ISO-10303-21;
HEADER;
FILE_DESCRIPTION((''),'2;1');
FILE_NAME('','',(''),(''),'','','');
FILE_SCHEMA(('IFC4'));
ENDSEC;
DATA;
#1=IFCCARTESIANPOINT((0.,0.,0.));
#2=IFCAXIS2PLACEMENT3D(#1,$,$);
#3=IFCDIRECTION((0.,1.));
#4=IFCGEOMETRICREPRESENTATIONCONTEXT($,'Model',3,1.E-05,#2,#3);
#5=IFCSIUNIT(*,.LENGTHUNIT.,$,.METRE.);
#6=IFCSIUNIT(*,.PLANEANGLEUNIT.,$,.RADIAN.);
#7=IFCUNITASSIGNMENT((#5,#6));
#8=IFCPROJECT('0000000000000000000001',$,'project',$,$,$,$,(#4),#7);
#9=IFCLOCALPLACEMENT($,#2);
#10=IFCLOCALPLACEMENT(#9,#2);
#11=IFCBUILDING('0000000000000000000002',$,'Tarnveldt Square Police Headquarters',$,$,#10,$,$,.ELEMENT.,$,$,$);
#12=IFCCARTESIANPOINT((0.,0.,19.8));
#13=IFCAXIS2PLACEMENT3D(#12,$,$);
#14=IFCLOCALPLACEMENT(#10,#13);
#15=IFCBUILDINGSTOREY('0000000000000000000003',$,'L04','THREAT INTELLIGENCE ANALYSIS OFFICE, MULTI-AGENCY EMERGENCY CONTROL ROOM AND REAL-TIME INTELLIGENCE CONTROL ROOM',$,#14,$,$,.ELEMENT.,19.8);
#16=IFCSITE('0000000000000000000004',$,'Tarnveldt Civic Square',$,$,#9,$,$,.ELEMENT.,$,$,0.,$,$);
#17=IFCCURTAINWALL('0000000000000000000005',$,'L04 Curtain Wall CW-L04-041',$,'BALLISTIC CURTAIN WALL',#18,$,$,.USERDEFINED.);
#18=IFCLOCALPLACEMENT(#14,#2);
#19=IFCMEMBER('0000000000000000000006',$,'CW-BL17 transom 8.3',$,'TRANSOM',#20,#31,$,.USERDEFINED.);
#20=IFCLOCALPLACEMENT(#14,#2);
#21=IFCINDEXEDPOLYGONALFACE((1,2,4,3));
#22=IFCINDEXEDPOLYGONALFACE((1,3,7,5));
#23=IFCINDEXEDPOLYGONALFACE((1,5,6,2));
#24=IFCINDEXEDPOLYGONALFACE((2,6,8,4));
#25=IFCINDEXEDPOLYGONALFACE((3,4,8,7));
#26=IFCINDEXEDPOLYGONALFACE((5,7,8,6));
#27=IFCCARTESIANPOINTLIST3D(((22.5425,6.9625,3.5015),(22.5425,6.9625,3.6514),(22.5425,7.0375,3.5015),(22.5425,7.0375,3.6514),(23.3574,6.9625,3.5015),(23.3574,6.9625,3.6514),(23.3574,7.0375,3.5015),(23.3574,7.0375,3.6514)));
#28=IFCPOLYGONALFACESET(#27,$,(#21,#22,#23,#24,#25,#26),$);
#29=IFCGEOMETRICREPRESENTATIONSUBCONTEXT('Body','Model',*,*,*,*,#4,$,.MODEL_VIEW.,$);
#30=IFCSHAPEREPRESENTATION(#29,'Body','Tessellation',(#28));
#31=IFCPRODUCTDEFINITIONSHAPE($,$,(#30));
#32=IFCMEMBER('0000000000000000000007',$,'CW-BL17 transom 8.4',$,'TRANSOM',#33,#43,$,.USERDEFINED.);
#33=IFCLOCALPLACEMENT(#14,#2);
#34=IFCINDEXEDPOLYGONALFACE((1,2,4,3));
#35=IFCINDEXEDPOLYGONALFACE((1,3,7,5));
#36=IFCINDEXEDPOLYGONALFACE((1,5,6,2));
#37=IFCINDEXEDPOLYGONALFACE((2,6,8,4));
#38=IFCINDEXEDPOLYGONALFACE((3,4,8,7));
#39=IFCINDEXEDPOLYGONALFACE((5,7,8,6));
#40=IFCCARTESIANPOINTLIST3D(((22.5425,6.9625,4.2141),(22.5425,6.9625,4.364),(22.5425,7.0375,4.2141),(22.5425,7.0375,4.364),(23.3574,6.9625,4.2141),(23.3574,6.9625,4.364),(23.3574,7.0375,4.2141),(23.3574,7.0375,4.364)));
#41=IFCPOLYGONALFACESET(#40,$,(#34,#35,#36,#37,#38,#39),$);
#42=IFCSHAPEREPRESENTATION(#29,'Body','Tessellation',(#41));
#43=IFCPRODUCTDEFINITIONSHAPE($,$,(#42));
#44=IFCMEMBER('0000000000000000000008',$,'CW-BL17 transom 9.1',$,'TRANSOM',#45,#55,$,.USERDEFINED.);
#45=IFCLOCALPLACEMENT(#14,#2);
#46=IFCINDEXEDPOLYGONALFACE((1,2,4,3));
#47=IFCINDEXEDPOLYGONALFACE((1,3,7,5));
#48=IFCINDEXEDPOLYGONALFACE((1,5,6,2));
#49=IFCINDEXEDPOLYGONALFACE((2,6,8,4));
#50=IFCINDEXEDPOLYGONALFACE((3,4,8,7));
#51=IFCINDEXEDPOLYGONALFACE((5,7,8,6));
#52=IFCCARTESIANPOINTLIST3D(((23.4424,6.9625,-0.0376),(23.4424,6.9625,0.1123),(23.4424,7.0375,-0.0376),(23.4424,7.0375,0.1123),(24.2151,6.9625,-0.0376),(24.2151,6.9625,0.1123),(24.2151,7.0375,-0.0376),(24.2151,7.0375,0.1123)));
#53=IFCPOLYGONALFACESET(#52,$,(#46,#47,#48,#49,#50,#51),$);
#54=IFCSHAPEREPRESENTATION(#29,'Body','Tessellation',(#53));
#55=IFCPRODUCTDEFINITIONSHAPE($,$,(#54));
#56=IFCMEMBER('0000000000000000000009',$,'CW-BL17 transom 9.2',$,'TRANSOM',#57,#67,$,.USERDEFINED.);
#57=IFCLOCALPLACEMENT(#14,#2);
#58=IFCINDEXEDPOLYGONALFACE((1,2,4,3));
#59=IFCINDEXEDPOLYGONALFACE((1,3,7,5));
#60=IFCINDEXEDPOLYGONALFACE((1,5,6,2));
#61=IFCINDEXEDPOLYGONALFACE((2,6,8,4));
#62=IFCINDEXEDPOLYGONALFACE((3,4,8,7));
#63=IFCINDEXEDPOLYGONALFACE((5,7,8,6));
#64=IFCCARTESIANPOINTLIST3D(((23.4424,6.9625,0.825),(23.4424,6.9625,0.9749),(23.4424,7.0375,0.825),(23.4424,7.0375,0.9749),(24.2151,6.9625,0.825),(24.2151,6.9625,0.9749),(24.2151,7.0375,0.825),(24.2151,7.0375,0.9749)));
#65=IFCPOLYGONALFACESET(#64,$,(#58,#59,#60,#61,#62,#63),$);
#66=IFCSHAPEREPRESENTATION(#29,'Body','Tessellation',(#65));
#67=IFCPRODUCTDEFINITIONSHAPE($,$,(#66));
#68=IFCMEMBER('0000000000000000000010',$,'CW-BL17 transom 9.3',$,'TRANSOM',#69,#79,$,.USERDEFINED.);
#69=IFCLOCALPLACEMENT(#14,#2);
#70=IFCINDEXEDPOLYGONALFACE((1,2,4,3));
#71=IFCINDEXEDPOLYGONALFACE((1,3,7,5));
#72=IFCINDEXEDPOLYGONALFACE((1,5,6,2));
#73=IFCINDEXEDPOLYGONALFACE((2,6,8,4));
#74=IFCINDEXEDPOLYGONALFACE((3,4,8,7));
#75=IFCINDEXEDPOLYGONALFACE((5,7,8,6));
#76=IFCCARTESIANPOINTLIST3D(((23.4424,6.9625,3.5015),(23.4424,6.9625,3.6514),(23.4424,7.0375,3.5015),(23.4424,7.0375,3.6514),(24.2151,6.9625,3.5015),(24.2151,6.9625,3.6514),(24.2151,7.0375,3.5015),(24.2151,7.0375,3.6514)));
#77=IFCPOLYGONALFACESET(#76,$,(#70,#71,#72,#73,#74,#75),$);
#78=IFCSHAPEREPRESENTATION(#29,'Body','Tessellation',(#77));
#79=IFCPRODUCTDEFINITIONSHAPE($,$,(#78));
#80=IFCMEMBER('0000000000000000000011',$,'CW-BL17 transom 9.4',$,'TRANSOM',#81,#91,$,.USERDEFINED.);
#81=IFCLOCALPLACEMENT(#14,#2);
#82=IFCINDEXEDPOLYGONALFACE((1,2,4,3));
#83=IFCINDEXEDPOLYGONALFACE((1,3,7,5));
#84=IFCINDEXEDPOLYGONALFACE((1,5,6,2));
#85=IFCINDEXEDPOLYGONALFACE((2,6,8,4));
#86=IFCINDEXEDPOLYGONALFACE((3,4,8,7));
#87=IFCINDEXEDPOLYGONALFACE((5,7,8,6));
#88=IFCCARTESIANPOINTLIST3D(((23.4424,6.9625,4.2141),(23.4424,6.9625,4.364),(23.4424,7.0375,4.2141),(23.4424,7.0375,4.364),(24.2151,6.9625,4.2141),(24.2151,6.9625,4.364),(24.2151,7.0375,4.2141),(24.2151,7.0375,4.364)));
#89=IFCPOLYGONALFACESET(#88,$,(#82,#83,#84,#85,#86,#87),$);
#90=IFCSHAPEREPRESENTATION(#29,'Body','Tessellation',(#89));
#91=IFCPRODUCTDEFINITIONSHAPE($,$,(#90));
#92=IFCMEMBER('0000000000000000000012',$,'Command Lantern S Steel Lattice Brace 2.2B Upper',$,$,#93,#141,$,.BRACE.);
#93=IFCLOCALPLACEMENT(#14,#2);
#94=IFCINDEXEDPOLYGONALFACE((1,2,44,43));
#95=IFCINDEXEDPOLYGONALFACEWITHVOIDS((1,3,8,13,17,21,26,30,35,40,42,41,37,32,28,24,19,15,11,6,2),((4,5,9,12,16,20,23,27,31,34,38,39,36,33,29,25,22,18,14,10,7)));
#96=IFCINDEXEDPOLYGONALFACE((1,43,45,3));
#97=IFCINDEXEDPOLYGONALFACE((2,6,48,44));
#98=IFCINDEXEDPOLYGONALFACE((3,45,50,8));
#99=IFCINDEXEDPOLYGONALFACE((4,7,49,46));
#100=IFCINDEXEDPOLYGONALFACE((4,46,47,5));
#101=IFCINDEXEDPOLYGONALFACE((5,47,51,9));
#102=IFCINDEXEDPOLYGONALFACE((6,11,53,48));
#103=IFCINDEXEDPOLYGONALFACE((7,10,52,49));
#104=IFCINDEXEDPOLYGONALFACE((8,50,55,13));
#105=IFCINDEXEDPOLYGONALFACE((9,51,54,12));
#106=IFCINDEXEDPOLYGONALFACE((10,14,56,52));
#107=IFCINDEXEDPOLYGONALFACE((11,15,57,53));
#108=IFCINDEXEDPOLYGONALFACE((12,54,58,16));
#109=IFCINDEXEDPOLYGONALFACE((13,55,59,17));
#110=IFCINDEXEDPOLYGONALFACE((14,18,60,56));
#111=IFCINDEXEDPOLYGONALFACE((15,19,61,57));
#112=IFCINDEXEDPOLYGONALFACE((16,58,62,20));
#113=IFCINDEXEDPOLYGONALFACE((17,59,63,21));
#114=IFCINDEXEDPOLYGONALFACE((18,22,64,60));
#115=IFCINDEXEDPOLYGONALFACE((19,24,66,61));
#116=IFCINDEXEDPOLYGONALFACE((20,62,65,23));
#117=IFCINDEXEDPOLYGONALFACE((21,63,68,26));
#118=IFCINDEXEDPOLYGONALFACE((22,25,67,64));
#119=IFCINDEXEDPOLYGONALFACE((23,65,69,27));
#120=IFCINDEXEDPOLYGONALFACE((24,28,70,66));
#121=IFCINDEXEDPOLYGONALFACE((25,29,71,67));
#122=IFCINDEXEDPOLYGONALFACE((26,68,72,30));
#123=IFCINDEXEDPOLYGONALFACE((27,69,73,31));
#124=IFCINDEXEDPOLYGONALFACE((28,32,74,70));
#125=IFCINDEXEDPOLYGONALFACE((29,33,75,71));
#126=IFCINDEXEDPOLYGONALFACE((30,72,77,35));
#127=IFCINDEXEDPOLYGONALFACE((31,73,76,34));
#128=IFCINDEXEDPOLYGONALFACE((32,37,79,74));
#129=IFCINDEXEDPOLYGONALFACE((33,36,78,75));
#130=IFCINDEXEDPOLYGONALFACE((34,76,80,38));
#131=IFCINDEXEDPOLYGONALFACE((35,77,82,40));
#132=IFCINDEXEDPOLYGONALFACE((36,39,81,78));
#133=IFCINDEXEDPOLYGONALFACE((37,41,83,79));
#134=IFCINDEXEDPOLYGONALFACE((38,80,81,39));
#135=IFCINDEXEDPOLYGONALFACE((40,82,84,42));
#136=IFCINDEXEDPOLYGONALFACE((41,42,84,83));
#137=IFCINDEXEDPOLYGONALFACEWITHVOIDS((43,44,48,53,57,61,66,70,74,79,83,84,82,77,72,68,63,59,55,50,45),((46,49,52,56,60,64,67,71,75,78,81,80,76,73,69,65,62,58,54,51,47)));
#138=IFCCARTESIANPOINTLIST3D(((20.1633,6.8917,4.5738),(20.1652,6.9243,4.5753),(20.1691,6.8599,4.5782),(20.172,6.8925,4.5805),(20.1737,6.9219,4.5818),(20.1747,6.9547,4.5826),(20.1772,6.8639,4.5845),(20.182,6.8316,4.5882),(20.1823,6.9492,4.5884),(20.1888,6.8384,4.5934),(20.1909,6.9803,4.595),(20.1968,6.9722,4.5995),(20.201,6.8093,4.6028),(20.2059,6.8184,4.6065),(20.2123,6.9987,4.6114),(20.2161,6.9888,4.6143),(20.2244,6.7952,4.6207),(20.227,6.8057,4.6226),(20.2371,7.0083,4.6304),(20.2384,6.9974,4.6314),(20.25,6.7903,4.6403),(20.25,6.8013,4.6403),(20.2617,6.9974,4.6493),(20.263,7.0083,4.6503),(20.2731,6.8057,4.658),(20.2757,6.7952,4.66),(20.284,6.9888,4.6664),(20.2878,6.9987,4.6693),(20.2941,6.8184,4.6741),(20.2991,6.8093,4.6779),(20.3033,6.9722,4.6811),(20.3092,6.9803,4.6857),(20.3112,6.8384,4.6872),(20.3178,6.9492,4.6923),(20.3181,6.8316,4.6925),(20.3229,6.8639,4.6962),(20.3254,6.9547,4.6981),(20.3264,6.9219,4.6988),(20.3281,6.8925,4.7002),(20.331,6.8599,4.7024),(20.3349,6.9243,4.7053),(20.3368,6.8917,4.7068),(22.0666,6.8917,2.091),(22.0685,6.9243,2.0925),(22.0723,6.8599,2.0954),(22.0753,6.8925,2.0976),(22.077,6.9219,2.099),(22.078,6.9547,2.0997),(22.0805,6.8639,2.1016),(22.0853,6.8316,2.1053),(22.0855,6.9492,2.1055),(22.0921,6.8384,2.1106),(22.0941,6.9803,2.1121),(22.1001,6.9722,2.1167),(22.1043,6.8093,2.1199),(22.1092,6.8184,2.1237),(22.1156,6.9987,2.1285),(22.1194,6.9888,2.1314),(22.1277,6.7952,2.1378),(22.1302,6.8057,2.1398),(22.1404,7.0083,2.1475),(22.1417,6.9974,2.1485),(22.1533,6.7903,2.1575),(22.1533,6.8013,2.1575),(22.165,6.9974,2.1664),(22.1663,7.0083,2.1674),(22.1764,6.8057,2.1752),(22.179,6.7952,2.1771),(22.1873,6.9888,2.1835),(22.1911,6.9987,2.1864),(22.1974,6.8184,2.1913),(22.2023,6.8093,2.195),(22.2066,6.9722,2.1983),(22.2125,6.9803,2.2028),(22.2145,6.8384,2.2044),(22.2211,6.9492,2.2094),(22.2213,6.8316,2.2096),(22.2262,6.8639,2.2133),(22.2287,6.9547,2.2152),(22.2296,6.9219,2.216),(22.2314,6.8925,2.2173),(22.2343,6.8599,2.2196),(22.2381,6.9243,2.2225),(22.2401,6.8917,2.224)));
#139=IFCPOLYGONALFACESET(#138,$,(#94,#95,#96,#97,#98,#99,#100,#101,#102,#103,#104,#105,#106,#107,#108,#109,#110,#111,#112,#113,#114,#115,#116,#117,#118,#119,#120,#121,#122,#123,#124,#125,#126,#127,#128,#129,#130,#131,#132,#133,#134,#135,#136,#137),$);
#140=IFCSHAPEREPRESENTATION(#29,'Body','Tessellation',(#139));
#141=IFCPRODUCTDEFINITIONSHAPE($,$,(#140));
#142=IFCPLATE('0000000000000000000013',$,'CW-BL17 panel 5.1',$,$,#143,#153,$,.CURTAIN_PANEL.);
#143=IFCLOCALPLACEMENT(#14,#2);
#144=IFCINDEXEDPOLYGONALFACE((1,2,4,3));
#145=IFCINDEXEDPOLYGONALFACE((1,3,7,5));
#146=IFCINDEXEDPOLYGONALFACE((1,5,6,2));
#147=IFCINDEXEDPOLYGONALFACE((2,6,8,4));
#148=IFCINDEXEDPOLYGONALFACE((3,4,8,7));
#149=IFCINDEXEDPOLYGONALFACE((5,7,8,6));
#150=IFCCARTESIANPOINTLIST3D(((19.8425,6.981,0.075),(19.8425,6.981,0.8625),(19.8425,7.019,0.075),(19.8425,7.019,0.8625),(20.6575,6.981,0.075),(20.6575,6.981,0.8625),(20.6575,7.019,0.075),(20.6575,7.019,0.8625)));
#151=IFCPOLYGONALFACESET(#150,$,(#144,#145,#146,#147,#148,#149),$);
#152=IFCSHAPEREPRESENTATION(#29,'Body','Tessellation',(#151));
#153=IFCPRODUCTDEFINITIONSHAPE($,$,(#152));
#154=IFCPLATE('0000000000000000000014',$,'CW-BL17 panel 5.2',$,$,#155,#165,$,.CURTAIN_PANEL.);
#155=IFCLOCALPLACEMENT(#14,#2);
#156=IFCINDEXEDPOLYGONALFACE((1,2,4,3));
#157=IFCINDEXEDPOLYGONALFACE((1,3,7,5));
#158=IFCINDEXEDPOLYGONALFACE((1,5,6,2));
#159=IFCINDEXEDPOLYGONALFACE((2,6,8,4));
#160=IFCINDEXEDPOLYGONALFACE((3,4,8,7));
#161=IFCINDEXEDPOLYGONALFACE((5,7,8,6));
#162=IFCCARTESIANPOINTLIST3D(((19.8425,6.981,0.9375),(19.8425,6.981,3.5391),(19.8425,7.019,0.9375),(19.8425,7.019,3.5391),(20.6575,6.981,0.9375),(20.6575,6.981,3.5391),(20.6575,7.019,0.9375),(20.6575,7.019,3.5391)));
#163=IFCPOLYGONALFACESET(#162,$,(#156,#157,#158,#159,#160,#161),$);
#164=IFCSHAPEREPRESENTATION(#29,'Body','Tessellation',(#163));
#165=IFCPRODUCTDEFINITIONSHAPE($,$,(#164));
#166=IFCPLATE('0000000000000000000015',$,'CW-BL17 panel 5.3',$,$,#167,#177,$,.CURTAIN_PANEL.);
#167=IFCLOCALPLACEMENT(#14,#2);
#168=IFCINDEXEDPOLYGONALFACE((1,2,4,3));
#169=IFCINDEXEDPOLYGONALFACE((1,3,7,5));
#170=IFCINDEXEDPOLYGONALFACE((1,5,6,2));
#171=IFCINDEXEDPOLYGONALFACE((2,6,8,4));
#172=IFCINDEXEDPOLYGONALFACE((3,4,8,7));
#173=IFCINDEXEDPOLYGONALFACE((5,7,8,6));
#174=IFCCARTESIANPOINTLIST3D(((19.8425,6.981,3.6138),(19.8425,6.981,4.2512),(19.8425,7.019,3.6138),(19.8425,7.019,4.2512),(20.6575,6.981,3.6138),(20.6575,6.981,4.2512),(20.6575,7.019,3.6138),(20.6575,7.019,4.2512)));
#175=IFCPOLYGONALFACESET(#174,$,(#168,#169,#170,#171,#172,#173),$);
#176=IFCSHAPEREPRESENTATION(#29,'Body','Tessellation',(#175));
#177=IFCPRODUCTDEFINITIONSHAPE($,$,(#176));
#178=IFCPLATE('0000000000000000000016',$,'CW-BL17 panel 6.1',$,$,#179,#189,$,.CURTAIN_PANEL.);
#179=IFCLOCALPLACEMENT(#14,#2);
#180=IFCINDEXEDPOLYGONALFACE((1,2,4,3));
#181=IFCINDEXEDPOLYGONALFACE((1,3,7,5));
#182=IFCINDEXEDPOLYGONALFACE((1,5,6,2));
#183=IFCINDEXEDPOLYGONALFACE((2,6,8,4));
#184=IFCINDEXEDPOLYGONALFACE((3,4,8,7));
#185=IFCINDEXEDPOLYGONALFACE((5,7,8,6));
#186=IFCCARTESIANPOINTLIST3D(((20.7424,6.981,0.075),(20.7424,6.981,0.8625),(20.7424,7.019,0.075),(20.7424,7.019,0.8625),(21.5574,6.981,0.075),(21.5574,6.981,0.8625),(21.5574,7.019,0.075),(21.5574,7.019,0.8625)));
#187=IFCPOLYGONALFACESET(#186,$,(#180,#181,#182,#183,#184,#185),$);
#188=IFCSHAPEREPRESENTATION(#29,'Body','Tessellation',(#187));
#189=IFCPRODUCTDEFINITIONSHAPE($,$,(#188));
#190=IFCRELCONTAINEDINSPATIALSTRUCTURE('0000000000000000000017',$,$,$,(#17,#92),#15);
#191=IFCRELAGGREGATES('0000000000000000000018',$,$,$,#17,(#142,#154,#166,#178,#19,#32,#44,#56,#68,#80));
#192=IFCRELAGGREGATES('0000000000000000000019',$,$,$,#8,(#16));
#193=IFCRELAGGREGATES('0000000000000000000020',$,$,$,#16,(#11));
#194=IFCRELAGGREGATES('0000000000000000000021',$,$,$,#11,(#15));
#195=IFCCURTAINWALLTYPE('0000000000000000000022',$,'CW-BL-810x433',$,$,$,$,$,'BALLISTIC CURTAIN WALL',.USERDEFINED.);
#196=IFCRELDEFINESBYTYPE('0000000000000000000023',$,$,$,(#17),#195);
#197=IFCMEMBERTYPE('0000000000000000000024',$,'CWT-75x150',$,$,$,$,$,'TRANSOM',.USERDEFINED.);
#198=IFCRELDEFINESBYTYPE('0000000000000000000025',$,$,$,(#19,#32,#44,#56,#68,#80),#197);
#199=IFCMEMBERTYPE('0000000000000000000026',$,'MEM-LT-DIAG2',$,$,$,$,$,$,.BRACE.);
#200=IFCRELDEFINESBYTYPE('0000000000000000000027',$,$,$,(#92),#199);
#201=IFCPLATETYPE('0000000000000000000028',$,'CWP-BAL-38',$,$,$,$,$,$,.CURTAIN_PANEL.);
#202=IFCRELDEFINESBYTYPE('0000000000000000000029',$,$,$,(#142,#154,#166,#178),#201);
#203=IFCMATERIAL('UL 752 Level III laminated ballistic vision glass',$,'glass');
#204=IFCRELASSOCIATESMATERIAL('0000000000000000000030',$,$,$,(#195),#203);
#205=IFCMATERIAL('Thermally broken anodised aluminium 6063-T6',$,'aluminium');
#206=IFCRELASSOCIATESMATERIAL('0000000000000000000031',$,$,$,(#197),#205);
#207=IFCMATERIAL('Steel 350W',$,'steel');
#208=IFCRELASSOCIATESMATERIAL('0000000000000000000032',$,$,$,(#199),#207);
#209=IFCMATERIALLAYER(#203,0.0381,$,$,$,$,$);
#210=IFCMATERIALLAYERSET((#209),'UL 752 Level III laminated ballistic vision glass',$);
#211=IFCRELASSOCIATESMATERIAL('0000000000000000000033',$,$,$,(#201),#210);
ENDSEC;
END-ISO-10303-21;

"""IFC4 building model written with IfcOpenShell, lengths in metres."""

from ifc_helpers import new_model, si_unit, direction, frame, origin, origin_2d, place, context, subcontext, project, spatial, rectangle, hollow_circle, extrude, material, layer, layer_set, material_profile, profile_set, type_object, element, aggregate, save


model = new_model("IFC4")

# Units and contexts
model_context = context("Model", 3, precision=1e-05, world=origin(), true_north=direction((0.0, 1.0)))
body_context = subcontext(model_context, "Body", "Model", "MODEL_VIEW")
ifc_project = project(units=[si_unit("LENGTHUNIT", "METRE"), si_unit("PLANEANGLEUNIT", "RADIAN")], contexts=[model_context])

# Site, building, storey
site_placement = place(None, origin())
site = spatial("IfcSite", under=ifc_project, at=site_placement, Name="Tarnveldt Civic Square", CompositionType="ELEMENT", RefElevation=0.0)
building_placement = place(site_placement, origin())
building = spatial("IfcBuilding", under=site, at=building_placement, Name="Tarnveldt Square Police Headquarters", CompositionType="ELEMENT")
storey_placement = place(building_placement, frame((0.0, 0.0, 19.8)))
storey = spatial("IfcBuildingStorey", under=building, at=storey_placement, Name="L04", Description="THREAT INTELLIGENCE ANALYSIS OFFICE, MULTI-AGENCY EMERGENCY CONTROL ROOM AND REAL-TIME INTELLIGENCE CONTROL ROOM", CompositionType="ELEMENT", Elevation=19.8)

# Curtain wall, members
ifc_material_1 = material(Name="UL 752 Level III laminated ballistic vision glass", Category="glass")
curtain_wall_type = type_object("IfcCurtainWallType", Name="CW-BL-810x433", ElementType="BALLISTIC CURTAIN WALL", PredefinedType="USERDEFINED", material=ifc_material_1)
curtain_wall_placement = place(storey_placement, origin())
curtain_wall = element("IfcCurtainWall", 1, at=curtain_wall_placement, inside=storey, type_object=curtain_wall_type, Name="L04 Curtain Wall CW-L04-041", ObjectType="BALLISTIC CURTAIN WALL", PredefinedType="USERDEFINED")
ifc_material_2 = material(Name="Thermally broken anodised aluminium 6063-T6", Category="aluminium")
ifc_material_profile_1 = material_profile(ifc_material_2, rectangle(XDim=0.075, YDim=0.1499, at=origin_2d()), Name="CW-T75x150")
ifc_profile_set_1 = profile_set([ifc_material_profile_1], Name="Thermally broken anodised aluminium 6063-T6")
member_type_1 = type_object("IfcMemberType", Name="CWT-75x150", ElementType="TRANSOM", PredefinedType="USERDEFINED", material=ifc_profile_set_1)
member_1_placement = place(storey_placement, frame((22.5425, 7.0, 3.5764), z_axis=(1.0, 0.0, 0.0), x_axis=(0.0, 1.0, 0.0)))
member_1 = element("IfcMember", 2, at=member_1_placement, type_object=member_type_1, Name="CW-BL17 transom 8.3", ObjectType="TRANSOM", PredefinedType="USERDEFINED", context=body_context, shape_type="SweptSolid", body=[
    extrude(rectangle(XDim=0.075, YDim=0.1499, at=origin_2d()), origin(), (0.0, 0.0, 1.0), 0.8149),
])
member_2_placement = place(storey_placement, frame((22.5425, 7.0, 4.2891), z_axis=(1.0, 0.0, 0.0), x_axis=(0.0, 1.0, 0.0)))
member_2 = element("IfcMember", 3, at=member_2_placement, type_object=member_type_1, Name="CW-BL17 transom 8.4", ObjectType="TRANSOM", PredefinedType="USERDEFINED", context=body_context, shape_type="SweptSolid", body=[
    extrude(rectangle(XDim=0.075, YDim=0.1499, at=origin_2d()), origin(), (0.0, 0.0, 1.0), 0.8149),
])
member_3_placement = place(storey_placement, frame((23.4424, 7.0, 0.0374), z_axis=(1.0, 0.0, 0.0), x_axis=(0.0, 1.0, 0.0)))
member_3 = element("IfcMember", 4, at=member_3_placement, type_object=member_type_1, Name="CW-BL17 transom 9.1", ObjectType="TRANSOM", PredefinedType="USERDEFINED", context=body_context, shape_type="SweptSolid", body=[
    extrude(rectangle(XDim=0.075, YDim=0.1499, at=origin_2d()), origin(), (0.0, 0.0, 1.0), 0.7727),
])
member_4_placement = place(storey_placement, frame((23.4424, 7.0, 0.8999), z_axis=(1.0, 0.0, 0.0), x_axis=(0.0, 1.0, 0.0)))
member_4 = element("IfcMember", 5, at=member_4_placement, type_object=member_type_1, Name="CW-BL17 transom 9.2", ObjectType="TRANSOM", PredefinedType="USERDEFINED", context=body_context, shape_type="SweptSolid", body=[
    extrude(rectangle(XDim=0.075, YDim=0.1499, at=origin_2d()), origin(), (0.0, 0.0, 1.0), 0.7727),
])
member_5_placement = place(storey_placement, frame((23.4424, 7.0, 3.5764), z_axis=(1.0, 0.0, 0.0), x_axis=(0.0, 1.0, 0.0)))
member_5 = element("IfcMember", 6, at=member_5_placement, type_object=member_type_1, Name="CW-BL17 transom 9.3", ObjectType="TRANSOM", PredefinedType="USERDEFINED", context=body_context, shape_type="SweptSolid", body=[
    extrude(rectangle(XDim=0.075, YDim=0.1499, at=origin_2d()), origin(), (0.0, 0.0, 1.0), 0.7727),
])
member_6_placement = place(storey_placement, frame((23.4424, 7.0, 4.2891), z_axis=(1.0, 0.0, 0.0), x_axis=(0.0, 1.0, 0.0)))
member_6 = element("IfcMember", 7, at=member_6_placement, type_object=member_type_1, Name="CW-BL17 transom 9.4", ObjectType="TRANSOM", PredefinedType="USERDEFINED", context=body_context, shape_type="SweptSolid", body=[
    extrude(rectangle(XDim=0.075, YDim=0.1499, at=origin_2d()), origin(), (0.0, 0.0, 1.0), 0.7727),
])

# Member
ifc_material_3 = material(Name="Steel 350W", Category="steel")
ifc_material_profile_2 = material_profile(ifc_material_3, hollow_circle(Radius=0.1096, WallThickness=0.011, at=origin_2d()), Name="HSS219x11")
ifc_profile_set_2 = profile_set([ifc_material_profile_2], Name="Steel 350W")
member_type_2 = type_object("IfcMemberType", Name="MEM-LT-DIAG2", PredefinedType="BRACE", material=ifc_profile_set_2)
member_7_placement = place(storey_placement, frame((22.1533, 6.8999, 2.1575), z_axis=(-0.608382, 0.0, 0.793644), x_axis=(0.0, -1.0, 0.0)))
element("IfcMember", 8, at=member_7_placement, inside=storey, type_object=member_type_2, Name="Command Lantern S Steel Lattice Brace 2.2B Upper", PredefinedType="BRACE", context=body_context, shape_type="SweptSolid", body=[
    extrude(hollow_circle(Radius=0.1096, WallThickness=0.011, at=origin_2d()), origin(), (0.0, 0.0, 1.0), 3.1284),
])

# Plates
ifc_layer_1 = layer(ifc_material_1, 0.0381)
ifc_layer_set_1 = layer_set([ifc_layer_1], Name="UL 752 Level III laminated ballistic vision glass")
plate_type_1 = type_object("IfcPlateType", Name="CWP-BAL-38", PredefinedType="CURTAIN_PANEL", material=ifc_layer_set_1)
plate_1_placement = place(storey_placement, frame((20.25, 7.0, 0.075), z_axis=(0.0, 0.0, 1.0), x_axis=(1.0, 0.0, 0.0)))
plate_1 = element("IfcPlate", 9, at=plate_1_placement, type_object=plate_type_1, Name="CW-BL17 panel 5.1", PredefinedType="CURTAIN_PANEL", context=body_context, shape_type="SweptSolid", body=[
    extrude(rectangle(XDim=0.8149, YDim=0.0381, at=origin_2d()), origin(), (0.0, 0.0, 1.0), 0.7876),
])
plate_2_placement = place(storey_placement, frame((20.25, 7.0, 0.9375), z_axis=(0.0, 0.0, 1.0), x_axis=(1.0, 0.0, 0.0)))
plate_2 = element("IfcPlate", 10, at=plate_2_placement, type_object=plate_type_1, Name="CW-BL17 panel 5.2", PredefinedType="CURTAIN_PANEL", context=body_context, shape_type="SweptSolid", body=[
    extrude(rectangle(XDim=0.8149, YDim=0.0381, at=origin_2d()), origin(), (0.0, 0.0, 1.0), 2.6016),
])
plate_3_placement = place(storey_placement, frame((20.25, 7.0, 3.6138), z_axis=(0.0, 0.0, 1.0), x_axis=(1.0, 0.0, 0.0)))
plate_3 = element("IfcPlate", 11, at=plate_3_placement, type_object=plate_type_1, Name="CW-BL17 panel 5.3", PredefinedType="CURTAIN_PANEL", context=body_context, shape_type="SweptSolid", body=[
    extrude(rectangle(XDim=0.8149, YDim=0.0381, at=origin_2d()), origin(), (0.0, 0.0, 1.0), 0.6375),
])
plate_4_placement = place(storey_placement, frame((21.1499, 7.0, 0.075), z_axis=(0.0, 0.0, 1.0), x_axis=(1.0, 0.0, 0.0)))
plate_4 = element("IfcPlate", 12, at=plate_4_placement, type_object=plate_type_1, Name="CW-BL17 panel 6.1", PredefinedType="CURTAIN_PANEL", context=body_context, shape_type="SweptSolid", body=[
    extrude(rectangle(XDim=0.8149, YDim=0.0381, at=origin_2d()), origin(), (0.0, 0.0, 1.0), 0.7876),
])
aggregate(curtain_wall, [plate_1, plate_2, plate_3, plate_4, member_1, member_2, member_3, member_4, member_5, member_6])

save(model, "model.ifc")
